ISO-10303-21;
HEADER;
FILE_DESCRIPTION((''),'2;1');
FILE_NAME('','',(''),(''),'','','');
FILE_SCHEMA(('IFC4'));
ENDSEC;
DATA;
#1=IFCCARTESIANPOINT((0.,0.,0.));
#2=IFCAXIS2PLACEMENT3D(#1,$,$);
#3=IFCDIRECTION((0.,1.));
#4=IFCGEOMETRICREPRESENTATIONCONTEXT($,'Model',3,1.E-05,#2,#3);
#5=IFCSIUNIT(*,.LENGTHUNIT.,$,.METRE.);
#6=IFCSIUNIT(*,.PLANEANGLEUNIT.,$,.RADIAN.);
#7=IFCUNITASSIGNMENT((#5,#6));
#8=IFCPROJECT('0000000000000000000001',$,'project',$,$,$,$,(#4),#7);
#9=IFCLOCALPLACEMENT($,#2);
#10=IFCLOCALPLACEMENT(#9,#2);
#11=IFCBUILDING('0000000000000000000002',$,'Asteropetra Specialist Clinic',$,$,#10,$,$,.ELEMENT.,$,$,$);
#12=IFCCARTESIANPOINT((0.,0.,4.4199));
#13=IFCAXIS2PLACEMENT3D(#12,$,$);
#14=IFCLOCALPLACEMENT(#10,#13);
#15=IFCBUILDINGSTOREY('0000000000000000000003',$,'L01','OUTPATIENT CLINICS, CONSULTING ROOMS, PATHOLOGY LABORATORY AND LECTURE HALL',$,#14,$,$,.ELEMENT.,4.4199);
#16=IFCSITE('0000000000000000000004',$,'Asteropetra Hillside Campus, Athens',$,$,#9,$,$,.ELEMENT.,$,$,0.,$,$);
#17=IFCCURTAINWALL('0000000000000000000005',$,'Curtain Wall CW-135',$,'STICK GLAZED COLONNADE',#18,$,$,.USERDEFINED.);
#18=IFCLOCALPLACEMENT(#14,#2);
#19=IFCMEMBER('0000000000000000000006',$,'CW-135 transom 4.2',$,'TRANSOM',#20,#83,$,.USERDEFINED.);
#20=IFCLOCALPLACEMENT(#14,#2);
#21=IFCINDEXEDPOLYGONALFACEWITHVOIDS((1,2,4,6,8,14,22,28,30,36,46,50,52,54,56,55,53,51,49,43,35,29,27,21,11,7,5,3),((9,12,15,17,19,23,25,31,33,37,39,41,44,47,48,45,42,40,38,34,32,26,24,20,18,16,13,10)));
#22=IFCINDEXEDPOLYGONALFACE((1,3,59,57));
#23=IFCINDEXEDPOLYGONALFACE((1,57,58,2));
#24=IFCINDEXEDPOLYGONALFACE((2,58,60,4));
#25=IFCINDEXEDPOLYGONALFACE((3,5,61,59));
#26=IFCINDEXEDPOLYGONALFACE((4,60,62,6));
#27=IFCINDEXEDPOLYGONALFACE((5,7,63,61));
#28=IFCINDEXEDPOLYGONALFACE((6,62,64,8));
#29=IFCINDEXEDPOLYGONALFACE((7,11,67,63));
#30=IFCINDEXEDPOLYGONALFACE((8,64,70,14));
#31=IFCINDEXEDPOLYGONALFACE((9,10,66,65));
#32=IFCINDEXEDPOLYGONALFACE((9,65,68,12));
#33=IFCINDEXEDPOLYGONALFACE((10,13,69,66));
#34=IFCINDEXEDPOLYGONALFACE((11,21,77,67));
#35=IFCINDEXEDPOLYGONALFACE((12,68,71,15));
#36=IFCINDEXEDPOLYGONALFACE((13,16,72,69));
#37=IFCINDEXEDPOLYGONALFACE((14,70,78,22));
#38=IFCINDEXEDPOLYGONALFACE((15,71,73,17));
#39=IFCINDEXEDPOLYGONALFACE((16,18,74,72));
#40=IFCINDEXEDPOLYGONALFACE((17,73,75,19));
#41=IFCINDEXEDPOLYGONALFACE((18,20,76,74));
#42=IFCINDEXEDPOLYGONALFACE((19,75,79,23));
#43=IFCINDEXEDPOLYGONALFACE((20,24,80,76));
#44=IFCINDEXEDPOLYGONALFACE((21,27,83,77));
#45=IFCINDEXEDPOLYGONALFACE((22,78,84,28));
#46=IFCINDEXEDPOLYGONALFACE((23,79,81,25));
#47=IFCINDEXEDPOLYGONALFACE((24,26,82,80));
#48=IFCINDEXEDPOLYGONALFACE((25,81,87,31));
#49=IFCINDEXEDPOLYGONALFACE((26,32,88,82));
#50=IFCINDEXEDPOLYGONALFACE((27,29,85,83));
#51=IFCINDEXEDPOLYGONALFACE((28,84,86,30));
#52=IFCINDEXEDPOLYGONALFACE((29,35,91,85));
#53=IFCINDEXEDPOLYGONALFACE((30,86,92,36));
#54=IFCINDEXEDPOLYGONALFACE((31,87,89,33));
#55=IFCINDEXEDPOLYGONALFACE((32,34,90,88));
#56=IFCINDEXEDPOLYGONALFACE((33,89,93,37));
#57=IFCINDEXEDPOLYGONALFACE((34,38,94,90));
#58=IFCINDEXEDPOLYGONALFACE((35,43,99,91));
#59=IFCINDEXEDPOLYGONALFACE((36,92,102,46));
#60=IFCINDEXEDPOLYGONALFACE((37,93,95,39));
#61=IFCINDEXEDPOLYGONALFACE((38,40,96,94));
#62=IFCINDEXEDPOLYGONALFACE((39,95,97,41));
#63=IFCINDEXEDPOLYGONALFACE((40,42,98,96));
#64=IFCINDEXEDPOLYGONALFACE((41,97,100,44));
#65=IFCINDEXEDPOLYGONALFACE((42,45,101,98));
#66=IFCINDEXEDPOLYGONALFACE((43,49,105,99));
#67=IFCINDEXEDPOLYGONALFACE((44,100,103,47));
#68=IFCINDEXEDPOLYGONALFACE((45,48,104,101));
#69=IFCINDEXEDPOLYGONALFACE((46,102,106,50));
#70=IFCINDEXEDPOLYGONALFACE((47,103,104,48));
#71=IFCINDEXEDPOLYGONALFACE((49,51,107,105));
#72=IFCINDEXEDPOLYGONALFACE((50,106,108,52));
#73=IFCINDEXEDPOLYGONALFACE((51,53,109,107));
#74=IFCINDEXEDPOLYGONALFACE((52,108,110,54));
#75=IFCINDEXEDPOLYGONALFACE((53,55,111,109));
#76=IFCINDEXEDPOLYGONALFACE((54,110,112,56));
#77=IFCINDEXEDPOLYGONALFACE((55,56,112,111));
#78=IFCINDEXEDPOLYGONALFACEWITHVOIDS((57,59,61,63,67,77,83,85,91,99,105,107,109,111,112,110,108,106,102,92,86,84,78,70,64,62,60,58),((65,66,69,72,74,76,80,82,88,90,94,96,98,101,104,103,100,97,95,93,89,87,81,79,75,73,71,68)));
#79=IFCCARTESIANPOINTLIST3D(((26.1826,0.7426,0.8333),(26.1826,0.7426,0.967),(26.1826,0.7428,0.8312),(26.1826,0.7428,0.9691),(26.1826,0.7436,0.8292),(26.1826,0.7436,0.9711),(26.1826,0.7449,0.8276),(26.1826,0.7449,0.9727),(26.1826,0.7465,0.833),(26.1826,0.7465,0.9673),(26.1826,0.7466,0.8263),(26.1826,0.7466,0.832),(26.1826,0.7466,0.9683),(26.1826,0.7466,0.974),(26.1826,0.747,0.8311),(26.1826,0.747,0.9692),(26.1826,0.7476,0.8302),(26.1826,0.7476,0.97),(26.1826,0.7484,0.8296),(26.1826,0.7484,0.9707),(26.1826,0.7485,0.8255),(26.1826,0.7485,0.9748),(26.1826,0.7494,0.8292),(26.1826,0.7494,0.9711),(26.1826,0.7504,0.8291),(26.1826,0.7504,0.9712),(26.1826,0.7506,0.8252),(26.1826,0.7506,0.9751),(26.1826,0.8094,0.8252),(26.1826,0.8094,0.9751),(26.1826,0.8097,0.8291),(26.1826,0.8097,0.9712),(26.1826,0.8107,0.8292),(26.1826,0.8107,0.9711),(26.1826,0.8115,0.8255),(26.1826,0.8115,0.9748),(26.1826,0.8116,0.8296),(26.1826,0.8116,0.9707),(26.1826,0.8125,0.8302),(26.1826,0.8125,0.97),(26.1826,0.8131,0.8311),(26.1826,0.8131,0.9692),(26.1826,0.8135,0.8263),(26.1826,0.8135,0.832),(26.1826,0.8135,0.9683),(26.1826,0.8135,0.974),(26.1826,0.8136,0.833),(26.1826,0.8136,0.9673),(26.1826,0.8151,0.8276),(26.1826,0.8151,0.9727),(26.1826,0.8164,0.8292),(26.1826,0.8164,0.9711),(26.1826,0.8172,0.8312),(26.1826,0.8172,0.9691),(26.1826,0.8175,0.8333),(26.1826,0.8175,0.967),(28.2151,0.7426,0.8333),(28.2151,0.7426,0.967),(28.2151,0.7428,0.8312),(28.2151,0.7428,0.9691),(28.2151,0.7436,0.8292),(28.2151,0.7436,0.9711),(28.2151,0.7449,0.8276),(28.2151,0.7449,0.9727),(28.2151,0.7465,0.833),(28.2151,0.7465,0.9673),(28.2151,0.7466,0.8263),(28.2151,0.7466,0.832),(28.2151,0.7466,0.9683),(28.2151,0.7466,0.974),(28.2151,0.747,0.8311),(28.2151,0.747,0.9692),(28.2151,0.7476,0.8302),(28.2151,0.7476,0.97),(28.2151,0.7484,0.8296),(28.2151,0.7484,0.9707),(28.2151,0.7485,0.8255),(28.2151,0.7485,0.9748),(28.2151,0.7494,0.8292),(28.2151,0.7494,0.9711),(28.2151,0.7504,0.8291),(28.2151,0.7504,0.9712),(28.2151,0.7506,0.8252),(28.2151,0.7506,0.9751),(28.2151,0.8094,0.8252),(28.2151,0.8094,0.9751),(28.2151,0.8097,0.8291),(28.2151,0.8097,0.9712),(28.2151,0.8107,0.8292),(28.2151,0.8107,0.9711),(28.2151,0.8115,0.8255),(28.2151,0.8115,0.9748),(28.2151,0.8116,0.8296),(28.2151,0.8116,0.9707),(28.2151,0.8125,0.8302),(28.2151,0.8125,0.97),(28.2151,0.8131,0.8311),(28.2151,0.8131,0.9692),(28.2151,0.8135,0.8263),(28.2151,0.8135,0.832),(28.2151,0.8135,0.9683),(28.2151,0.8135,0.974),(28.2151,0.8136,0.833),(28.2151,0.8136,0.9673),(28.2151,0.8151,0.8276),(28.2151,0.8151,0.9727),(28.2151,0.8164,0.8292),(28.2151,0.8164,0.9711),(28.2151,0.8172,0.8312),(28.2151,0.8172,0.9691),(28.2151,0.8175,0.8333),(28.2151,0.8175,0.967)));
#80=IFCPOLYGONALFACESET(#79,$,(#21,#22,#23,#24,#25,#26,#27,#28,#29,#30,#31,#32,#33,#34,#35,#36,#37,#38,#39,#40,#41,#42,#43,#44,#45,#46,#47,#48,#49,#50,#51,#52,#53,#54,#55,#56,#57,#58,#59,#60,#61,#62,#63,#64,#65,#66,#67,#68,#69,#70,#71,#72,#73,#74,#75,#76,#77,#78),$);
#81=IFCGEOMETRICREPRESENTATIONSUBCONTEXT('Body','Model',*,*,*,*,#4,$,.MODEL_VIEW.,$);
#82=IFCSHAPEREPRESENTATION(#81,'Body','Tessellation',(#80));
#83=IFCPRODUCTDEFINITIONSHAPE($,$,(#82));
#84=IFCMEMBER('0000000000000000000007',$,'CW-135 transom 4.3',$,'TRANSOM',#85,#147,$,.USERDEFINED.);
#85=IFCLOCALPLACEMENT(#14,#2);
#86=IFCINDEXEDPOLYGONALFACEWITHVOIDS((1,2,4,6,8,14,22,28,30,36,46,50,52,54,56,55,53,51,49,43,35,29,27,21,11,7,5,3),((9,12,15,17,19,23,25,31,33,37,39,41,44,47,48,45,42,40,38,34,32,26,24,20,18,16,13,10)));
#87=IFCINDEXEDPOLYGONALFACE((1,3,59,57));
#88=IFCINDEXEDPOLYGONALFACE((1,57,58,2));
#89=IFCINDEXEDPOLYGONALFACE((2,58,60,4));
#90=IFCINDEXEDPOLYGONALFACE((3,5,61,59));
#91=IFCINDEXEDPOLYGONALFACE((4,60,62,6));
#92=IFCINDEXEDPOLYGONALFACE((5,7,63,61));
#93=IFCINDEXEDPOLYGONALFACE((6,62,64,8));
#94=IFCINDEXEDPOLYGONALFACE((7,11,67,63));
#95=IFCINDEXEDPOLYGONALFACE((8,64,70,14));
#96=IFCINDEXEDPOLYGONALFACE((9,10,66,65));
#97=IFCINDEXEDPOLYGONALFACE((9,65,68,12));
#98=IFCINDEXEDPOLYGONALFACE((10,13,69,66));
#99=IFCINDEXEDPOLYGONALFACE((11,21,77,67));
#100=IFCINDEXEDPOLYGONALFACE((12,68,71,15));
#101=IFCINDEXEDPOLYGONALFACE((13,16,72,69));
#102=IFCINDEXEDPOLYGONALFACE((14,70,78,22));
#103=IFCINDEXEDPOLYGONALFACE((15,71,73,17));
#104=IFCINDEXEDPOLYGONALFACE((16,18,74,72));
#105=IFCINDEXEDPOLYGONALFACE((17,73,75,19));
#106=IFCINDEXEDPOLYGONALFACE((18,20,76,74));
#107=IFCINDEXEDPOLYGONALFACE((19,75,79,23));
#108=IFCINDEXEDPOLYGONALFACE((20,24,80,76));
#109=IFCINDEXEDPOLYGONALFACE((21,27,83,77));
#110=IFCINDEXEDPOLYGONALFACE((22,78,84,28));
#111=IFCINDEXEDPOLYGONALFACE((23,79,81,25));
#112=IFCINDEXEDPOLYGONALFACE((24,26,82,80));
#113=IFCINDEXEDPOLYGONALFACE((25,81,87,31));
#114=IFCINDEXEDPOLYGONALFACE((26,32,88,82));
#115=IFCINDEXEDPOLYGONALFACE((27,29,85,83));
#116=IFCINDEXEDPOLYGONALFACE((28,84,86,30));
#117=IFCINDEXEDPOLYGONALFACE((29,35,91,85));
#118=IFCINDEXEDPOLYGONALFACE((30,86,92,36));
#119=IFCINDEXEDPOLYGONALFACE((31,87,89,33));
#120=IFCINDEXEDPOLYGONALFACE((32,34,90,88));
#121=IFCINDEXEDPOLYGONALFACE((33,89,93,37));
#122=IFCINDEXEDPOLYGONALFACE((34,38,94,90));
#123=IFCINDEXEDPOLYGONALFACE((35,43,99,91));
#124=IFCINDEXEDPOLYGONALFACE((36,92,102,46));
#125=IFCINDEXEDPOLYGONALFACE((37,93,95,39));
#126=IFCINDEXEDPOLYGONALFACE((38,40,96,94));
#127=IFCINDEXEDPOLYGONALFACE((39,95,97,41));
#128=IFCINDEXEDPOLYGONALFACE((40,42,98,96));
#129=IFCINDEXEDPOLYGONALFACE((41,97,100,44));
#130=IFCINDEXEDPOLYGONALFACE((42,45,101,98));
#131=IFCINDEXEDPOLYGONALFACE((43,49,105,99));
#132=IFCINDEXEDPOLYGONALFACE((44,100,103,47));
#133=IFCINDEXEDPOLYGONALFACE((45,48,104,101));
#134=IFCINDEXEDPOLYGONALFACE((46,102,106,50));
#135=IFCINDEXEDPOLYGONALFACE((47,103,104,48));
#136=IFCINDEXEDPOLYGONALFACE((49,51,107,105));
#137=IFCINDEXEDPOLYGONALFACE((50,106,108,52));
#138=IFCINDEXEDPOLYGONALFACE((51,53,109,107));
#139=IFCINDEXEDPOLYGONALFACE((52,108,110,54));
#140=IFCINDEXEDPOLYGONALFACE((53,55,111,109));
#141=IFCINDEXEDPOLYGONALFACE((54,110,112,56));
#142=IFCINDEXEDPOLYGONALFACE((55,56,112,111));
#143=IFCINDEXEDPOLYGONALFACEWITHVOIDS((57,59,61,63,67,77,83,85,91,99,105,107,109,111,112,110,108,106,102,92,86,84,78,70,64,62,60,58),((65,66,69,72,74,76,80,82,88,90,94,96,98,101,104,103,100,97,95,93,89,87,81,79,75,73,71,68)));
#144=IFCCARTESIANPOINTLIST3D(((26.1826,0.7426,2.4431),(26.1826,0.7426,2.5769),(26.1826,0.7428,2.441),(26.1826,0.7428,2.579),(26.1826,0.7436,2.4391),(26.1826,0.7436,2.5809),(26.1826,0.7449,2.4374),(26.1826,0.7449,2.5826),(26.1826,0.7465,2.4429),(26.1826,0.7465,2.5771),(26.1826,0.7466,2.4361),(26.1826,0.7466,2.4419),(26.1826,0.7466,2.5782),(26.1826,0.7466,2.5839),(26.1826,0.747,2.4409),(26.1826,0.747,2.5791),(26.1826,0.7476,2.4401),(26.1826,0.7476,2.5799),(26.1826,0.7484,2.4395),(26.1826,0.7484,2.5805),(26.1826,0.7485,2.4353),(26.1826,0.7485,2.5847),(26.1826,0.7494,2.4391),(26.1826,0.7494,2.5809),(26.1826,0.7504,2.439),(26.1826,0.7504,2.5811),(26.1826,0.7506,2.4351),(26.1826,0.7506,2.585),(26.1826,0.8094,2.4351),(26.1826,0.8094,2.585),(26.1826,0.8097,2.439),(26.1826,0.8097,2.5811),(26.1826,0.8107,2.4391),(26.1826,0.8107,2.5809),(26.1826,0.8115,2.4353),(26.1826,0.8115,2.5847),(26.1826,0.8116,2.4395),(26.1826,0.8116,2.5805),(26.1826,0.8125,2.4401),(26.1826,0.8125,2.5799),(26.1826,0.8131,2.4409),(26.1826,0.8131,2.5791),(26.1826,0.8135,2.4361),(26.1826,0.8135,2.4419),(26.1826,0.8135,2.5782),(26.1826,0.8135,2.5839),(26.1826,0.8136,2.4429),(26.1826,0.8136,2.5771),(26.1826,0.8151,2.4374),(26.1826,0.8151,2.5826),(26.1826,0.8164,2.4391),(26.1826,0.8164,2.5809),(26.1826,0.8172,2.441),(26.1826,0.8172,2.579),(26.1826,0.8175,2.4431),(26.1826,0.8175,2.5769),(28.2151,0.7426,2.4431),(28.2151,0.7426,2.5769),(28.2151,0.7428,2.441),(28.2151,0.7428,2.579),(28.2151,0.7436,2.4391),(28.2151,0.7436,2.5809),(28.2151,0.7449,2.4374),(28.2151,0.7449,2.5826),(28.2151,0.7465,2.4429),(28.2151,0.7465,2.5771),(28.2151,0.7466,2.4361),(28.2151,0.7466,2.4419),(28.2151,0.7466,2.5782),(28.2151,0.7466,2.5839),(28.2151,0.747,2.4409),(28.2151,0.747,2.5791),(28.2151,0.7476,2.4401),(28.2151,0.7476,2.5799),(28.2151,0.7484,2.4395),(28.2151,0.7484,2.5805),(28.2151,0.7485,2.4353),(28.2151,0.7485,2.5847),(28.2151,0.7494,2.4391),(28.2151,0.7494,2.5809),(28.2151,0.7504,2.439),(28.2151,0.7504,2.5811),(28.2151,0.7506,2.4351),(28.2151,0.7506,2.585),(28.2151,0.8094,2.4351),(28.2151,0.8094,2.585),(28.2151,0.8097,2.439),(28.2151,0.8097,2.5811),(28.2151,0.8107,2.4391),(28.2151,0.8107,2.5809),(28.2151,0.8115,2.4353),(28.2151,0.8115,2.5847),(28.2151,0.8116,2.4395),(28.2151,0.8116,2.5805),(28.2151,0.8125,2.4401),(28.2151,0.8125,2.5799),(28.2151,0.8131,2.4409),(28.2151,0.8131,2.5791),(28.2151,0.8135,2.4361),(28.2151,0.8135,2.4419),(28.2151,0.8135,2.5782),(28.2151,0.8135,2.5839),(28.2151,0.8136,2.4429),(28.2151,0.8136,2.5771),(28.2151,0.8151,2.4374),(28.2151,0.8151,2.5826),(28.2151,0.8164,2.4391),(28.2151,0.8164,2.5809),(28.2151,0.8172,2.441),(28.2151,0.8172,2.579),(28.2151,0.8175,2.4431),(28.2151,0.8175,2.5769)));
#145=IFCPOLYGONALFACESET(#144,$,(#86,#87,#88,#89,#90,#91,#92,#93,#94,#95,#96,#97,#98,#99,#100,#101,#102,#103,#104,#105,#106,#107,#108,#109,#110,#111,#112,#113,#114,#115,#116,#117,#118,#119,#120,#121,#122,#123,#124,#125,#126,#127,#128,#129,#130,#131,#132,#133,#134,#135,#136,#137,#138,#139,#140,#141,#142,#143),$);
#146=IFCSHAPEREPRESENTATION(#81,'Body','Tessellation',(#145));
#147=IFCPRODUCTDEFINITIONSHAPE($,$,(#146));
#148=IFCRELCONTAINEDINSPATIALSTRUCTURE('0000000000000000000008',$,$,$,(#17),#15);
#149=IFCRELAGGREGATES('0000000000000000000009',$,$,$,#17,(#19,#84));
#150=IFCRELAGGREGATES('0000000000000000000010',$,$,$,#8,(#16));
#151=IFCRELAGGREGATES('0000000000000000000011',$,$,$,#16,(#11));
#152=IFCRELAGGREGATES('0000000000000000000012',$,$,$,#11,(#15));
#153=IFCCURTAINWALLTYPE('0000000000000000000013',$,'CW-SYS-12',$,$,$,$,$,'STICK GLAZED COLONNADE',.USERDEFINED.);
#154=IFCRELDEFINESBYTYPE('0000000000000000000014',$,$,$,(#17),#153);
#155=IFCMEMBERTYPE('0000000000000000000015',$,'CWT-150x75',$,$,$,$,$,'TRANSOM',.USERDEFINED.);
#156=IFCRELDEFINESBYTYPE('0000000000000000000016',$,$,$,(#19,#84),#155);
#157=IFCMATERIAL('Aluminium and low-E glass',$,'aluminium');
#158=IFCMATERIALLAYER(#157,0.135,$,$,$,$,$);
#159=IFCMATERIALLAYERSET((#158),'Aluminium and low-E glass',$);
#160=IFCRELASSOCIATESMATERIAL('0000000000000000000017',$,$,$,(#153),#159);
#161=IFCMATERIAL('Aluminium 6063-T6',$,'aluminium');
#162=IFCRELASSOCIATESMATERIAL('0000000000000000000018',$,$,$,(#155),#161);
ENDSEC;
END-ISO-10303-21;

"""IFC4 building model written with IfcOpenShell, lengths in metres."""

from ifc_helpers import new_model, si_unit, direction, frame, origin, origin_2d, place, context, subcontext, project, spatial, hollow_rectangle, extrude, material, layer, layer_set, material_profile, profile_set, type_object, element, aggregate, save


model = new_model("IFC4")

# Units and contexts
model_context = context("Model", 3, precision=1e-05, world=origin(), true_north=direction((0.0, 1.0)))
body_context = subcontext(model_context, "Body", "Model", "MODEL_VIEW")
ifc_project = project(units=[si_unit("LENGTHUNIT", "METRE"), si_unit("PLANEANGLEUNIT", "RADIAN")], contexts=[model_context])

# Site, building, storey
site_placement = place(None, origin())
site = spatial("IfcSite", under=ifc_project, at=site_placement, Name="Asteropetra Hillside Campus, Athens", CompositionType="ELEMENT", RefElevation=0.0)
building_placement = place(site_placement, origin())
building = spatial("IfcBuilding", under=site, at=building_placement, Name="Asteropetra Specialist Clinic", CompositionType="ELEMENT")
storey_placement = place(building_placement, frame((0.0, 0.0, 4.4199)))
storey = spatial("IfcBuildingStorey", under=building, at=storey_placement, Name="L01", Description="OUTPATIENT CLINICS, CONSULTING ROOMS, PATHOLOGY LABORATORY AND LECTURE HALL", CompositionType="ELEMENT", Elevation=4.4199)

# Curtain wall, members
ifc_material_1 = material(Name="Aluminium and low-E glass", Category="aluminium")
ifc_layer_1 = layer(ifc_material_1, 0.135)
ifc_layer_set_1 = layer_set([ifc_layer_1], Name="Aluminium and low-E glass")
curtain_wall_type = type_object("IfcCurtainWallType", Name="CW-SYS-12", ElementType="STICK GLAZED COLONNADE", PredefinedType="USERDEFINED", material=ifc_layer_set_1)
curtain_wall_placement = place(storey_placement, origin())
curtain_wall = element("IfcCurtainWall", 1, at=curtain_wall_placement, inside=storey, type_object=curtain_wall_type, Name="Curtain Wall CW-135", ObjectType="STICK GLAZED COLONNADE", PredefinedType="USERDEFINED")
ifc_material_2 = material(Name="Aluminium 6063-T6", Category="aluminium")
ifc_material_profile_1 = material_profile(ifc_material_2, hollow_rectangle(XDim=0.075, YDim=0.1499, WallThickness=0.0039, InnerFilletRadius=0.0039, OuterFilletRadius=0.0081, at=origin_2d()), Name="TRN 150x75x4.0")
ifc_profile_set_1 = profile_set([ifc_material_profile_1], Name="Aluminium 6063-T6")
member_type_1 = type_object("IfcMemberType", Name="CWT-150x75", ElementType="TRANSOM", PredefinedType="USERDEFINED", material=ifc_profile_set_1)
member_1_placement = place(storey_placement, frame((26.1826, 0.78, 0.9001), z_axis=(1.0, 0.0, 0.0), x_axis=(0.0, 1.0, 0.0)))
member_1 = element("IfcMember", 2, at=member_1_placement, type_object=member_type_1, Name="CW-135 transom 4.2", ObjectType="TRANSOM", PredefinedType="USERDEFINED", context=body_context, shape_type="SweptSolid", body=[
    extrude(hollow_rectangle(XDim=0.075, YDim=0.1499, WallThickness=0.0039, InnerFilletRadius=0.0039, OuterFilletRadius=0.0081, at=origin_2d()), origin(), (0.0, 0.0, 1.0), 2.0325),
])
member_2_placement = place(storey_placement, frame((26.1826, 0.78, 2.51), z_axis=(1.0, 0.0, 0.0), x_axis=(0.0, 1.0, 0.0)))
member_2 = element("IfcMember", 3, at=member_2_placement, type_object=member_type_1, Name="CW-135 transom 4.3", ObjectType="TRANSOM", PredefinedType="USERDEFINED", context=body_context, shape_type="SweptSolid", body=[
    extrude(hollow_rectangle(XDim=0.075, YDim=0.1499, WallThickness=0.0039, InnerFilletRadius=0.0039, OuterFilletRadius=0.0081, at=origin_2d()), origin(), (0.0, 0.0, 1.0), 2.0325),
])

aggregate(curtain_wall, [member_1, member_2])

save(model, "model.ifc")
